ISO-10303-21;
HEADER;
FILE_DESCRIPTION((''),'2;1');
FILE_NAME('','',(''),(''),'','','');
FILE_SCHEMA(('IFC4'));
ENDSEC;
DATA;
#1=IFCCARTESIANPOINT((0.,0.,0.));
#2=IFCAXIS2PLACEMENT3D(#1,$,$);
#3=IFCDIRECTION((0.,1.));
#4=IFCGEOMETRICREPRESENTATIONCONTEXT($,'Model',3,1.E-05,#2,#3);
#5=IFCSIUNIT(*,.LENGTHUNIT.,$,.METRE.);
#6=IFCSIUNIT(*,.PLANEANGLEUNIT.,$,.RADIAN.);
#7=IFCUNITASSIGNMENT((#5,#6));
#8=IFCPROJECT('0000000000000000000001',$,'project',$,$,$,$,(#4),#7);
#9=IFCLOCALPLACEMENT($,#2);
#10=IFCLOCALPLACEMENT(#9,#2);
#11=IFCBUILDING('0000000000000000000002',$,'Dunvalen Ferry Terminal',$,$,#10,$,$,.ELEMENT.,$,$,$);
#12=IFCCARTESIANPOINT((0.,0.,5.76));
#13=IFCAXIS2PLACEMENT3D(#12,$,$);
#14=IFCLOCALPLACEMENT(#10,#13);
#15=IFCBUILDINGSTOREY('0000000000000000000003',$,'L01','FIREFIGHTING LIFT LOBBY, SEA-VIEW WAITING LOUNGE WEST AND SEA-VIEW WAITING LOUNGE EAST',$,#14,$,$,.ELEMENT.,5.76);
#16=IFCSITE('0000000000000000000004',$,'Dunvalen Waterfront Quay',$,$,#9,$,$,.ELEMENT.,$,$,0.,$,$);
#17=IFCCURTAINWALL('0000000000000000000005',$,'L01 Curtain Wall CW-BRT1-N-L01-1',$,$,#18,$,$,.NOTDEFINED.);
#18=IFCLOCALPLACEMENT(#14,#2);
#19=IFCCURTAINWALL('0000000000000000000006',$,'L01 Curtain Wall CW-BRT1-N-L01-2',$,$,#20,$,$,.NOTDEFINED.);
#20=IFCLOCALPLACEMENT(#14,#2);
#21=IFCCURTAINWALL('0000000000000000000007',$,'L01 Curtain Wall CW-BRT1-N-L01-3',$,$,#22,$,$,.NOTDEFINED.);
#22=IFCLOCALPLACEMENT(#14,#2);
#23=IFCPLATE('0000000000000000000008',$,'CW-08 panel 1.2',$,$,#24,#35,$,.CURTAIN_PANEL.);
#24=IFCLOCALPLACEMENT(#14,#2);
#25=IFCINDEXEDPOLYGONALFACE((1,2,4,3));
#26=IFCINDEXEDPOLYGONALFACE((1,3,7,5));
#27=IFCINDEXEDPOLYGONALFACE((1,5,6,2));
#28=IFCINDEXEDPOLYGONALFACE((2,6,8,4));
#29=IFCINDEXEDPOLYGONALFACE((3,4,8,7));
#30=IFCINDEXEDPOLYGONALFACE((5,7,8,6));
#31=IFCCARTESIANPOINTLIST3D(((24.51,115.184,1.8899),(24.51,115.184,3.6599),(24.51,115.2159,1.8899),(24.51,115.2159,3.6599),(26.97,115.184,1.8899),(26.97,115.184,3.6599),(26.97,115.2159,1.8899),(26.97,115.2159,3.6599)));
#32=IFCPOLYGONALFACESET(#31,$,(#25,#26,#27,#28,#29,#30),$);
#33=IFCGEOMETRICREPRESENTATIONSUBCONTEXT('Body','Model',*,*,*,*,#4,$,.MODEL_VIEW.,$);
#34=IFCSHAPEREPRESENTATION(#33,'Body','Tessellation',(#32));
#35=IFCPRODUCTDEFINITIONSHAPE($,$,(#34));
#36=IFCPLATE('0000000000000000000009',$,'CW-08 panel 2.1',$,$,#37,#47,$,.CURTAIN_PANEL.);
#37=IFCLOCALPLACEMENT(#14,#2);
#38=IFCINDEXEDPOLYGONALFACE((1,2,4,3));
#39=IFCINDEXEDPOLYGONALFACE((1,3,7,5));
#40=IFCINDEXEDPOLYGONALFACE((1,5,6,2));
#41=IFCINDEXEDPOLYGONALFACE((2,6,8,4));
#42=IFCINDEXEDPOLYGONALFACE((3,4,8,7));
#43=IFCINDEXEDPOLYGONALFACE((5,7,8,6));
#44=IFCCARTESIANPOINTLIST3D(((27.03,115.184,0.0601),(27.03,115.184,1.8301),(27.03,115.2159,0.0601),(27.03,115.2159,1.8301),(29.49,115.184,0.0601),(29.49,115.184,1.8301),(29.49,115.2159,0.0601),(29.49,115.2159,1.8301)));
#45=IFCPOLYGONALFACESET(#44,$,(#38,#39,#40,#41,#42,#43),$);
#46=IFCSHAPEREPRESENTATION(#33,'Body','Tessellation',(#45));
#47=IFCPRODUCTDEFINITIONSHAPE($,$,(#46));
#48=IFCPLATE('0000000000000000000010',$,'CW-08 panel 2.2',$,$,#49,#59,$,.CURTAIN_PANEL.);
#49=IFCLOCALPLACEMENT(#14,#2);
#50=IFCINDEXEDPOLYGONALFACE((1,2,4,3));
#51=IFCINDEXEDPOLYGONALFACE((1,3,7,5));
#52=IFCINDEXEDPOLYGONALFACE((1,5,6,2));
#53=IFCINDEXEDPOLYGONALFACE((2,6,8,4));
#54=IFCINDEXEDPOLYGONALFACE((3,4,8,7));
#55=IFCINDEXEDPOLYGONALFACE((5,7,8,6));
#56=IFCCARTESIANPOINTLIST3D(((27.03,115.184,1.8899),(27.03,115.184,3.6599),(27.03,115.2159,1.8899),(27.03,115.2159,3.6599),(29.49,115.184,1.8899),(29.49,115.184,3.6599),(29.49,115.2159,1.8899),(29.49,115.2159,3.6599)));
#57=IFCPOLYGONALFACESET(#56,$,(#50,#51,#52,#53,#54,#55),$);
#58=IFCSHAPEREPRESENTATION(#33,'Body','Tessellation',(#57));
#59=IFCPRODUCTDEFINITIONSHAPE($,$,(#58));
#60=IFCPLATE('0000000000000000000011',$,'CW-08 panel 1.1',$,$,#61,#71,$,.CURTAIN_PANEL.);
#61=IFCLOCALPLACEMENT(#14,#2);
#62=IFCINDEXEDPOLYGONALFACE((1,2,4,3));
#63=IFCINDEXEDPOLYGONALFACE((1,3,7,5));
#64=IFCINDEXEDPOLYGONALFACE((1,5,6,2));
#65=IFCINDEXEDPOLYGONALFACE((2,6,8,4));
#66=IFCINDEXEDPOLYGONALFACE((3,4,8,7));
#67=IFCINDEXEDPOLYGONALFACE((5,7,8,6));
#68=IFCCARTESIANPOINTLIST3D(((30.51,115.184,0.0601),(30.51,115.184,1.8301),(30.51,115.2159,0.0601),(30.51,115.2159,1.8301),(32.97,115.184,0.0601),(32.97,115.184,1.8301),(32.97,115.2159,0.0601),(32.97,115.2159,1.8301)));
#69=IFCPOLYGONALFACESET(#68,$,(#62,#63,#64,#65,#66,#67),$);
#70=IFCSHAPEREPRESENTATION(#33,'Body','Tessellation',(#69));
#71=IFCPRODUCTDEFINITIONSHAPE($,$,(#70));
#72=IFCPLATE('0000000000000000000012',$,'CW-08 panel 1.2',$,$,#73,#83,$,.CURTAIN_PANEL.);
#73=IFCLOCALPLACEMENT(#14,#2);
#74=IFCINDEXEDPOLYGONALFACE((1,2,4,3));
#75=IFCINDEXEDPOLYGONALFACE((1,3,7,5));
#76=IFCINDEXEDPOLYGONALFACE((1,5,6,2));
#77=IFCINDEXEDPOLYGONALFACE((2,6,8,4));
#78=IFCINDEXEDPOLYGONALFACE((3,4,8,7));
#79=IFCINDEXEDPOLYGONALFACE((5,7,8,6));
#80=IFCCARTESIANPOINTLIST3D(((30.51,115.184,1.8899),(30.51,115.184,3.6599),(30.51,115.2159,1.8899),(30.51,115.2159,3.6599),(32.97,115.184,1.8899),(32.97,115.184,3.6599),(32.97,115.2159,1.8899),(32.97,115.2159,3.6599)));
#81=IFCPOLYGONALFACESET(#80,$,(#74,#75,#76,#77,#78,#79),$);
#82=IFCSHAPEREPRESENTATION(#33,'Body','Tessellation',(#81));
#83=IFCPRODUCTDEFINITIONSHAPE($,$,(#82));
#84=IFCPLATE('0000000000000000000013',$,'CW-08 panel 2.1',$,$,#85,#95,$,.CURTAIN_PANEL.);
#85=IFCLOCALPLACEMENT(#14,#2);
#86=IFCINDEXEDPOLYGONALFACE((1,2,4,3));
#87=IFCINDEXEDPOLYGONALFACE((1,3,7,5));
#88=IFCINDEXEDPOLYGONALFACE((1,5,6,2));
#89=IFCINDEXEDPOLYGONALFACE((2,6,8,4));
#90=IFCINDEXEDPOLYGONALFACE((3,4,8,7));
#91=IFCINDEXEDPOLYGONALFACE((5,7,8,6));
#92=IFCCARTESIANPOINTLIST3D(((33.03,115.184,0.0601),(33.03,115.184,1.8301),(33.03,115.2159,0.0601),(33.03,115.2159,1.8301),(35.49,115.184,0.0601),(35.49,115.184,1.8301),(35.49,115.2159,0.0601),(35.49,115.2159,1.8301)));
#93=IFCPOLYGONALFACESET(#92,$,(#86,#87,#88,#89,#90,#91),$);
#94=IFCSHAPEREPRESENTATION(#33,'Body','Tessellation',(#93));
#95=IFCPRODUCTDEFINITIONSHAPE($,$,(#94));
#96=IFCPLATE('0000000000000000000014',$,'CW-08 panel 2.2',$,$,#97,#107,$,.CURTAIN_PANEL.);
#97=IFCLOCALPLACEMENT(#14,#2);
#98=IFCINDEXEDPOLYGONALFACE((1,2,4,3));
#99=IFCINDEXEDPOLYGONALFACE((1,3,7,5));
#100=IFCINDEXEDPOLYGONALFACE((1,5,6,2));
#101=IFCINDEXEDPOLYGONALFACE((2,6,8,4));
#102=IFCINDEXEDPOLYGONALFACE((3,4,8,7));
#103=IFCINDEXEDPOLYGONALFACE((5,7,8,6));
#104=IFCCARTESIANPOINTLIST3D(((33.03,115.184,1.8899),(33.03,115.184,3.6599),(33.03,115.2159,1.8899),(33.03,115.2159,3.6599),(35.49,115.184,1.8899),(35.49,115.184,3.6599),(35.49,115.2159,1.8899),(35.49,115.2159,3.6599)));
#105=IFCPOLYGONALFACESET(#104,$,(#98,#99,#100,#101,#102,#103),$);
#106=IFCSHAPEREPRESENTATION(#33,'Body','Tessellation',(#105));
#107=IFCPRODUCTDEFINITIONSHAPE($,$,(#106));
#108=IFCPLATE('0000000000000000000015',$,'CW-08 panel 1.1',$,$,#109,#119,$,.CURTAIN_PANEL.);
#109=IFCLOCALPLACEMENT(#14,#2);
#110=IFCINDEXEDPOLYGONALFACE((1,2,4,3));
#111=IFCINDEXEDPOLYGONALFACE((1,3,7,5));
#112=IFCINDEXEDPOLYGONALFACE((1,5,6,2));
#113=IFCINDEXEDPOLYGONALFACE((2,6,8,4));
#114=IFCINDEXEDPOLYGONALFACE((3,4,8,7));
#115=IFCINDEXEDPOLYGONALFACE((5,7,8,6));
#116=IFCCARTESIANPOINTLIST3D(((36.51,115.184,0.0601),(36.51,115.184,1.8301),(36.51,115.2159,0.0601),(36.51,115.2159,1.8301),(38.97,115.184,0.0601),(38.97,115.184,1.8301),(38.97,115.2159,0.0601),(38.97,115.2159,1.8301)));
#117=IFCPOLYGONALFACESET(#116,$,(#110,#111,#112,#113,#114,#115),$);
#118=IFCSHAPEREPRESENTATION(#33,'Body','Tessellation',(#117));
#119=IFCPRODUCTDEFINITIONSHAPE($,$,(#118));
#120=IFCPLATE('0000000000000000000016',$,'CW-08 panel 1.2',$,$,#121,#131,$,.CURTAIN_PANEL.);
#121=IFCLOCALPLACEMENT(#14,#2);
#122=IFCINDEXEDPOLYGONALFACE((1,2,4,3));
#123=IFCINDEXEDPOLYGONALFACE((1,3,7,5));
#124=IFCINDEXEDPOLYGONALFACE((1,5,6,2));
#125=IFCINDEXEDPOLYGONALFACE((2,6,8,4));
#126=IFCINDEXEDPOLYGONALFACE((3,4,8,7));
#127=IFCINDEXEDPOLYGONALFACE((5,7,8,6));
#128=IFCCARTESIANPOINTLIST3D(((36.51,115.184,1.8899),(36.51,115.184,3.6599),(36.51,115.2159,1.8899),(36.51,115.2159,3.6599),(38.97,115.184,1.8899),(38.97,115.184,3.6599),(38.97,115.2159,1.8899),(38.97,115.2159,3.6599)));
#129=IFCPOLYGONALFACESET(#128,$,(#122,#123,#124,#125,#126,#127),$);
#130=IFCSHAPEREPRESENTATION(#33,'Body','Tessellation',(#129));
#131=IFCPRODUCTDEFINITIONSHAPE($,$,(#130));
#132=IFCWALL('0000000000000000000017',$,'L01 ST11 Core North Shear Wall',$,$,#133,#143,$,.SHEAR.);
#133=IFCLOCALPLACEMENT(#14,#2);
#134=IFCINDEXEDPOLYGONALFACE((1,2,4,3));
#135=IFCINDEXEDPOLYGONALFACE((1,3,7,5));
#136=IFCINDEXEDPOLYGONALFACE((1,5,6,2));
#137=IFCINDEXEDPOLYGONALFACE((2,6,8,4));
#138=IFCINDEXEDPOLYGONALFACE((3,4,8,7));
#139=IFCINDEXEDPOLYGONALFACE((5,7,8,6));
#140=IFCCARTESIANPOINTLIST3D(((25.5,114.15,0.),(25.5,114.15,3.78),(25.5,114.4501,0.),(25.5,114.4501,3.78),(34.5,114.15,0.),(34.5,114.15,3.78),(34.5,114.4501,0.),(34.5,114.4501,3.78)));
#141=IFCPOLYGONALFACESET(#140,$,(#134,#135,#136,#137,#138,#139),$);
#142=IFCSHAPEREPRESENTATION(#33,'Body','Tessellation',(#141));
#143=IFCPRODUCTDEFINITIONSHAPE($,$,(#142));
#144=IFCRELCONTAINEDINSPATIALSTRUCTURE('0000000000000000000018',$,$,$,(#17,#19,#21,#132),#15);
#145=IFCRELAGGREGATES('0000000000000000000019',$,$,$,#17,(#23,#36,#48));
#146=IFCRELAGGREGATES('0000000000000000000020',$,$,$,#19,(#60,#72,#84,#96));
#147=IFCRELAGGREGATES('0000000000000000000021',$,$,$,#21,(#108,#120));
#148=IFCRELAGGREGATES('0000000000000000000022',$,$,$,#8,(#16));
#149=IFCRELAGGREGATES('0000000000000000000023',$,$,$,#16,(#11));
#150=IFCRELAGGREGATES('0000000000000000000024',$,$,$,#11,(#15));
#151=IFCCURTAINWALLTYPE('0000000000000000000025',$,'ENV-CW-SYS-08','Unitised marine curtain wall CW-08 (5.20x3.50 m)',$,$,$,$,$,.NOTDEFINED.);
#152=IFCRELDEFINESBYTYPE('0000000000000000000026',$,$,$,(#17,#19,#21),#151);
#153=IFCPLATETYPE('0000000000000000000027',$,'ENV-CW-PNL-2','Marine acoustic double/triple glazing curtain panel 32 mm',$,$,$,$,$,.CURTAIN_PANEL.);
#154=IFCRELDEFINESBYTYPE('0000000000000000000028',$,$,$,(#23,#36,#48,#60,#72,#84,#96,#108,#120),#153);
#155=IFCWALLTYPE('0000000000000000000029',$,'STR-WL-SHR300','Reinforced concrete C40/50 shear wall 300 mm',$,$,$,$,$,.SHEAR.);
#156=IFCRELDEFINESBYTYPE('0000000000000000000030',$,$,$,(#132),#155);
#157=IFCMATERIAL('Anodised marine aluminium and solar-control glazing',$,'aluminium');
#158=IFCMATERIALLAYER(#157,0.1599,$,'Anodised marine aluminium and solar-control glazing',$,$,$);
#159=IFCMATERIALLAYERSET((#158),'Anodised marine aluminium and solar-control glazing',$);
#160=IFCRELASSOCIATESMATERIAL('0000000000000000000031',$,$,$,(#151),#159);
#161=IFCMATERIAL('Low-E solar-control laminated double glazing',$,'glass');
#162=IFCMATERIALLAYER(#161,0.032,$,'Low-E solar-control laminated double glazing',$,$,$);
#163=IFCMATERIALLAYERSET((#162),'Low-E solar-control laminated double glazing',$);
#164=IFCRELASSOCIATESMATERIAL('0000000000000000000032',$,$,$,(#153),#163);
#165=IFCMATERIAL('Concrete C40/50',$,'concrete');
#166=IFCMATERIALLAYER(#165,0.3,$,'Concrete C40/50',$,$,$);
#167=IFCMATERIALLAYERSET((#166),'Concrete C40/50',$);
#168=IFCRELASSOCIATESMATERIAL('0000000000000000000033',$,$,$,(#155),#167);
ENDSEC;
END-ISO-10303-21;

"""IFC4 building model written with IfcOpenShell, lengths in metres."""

from ifc_helpers import new_model, si_unit, direction, frame, frame_2d, origin, origin_2d, place, context, subcontext, project, spatial, rectangle, extrude, material, layer, layer_set, type_object, element, aggregate, save


model = new_model("IFC4")

# Units and contexts
model_context = context("Model", 3, precision=1e-05, world=origin(), true_north=direction((0.0, 1.0)))
body_context = subcontext(model_context, "Body", "Model", "MODEL_VIEW")
ifc_project = project(units=[si_unit("LENGTHUNIT", "METRE"), si_unit("PLANEANGLEUNIT", "RADIAN")], contexts=[model_context])

# Site, building, storey
site_placement = place(None, origin())
site = spatial("IfcSite", under=ifc_project, at=site_placement, Name="Dunvalen Waterfront Quay", CompositionType="ELEMENT", RefElevation=0.0)
building_placement = place(site_placement, origin())
building = spatial("IfcBuilding", under=site, at=building_placement, Name="Dunvalen Ferry Terminal", CompositionType="ELEMENT")
storey_placement = place(building_placement, frame((0.0, 0.0, 5.76)))
storey = spatial("IfcBuildingStorey", under=building, at=storey_placement, Name="L01", Description="FIREFIGHTING LIFT LOBBY, SEA-VIEW WAITING LOUNGE WEST AND SEA-VIEW WAITING LOUNGE EAST", CompositionType="ELEMENT", Elevation=5.76)

# Curtain walls
ifc_material_1 = material(Name="Anodised marine aluminium and solar-control glazing", Category="aluminium")
ifc_layer_1 = layer(ifc_material_1, 0.1599, Name="Anodised marine aluminium and solar-control glazing")
ifc_layer_set_1 = layer_set([ifc_layer_1], Name="Anodised marine aluminium and solar-control glazing")
curtain_wall_type = type_object("IfcCurtainWallType", Name="ENV-CW-SYS-08", Description="Unitised marine curtain wall CW-08 (5.20x3.50 m)", PredefinedType="NOTDEFINED", material=ifc_layer_set_1)
curtain_wall_1_placement = place(storey_placement, origin())
curtain_wall_1 = element("IfcCurtainWall", 1, at=curtain_wall_1_placement, inside=storey, type_object=curtain_wall_type, Name="L01 Curtain Wall CW-BRT1-N-L01-1", PredefinedType="NOTDEFINED")
curtain_wall_2_placement = place(storey_placement, origin())
curtain_wall_2 = element("IfcCurtainWall", 2, at=curtain_wall_2_placement, inside=storey, type_object=curtain_wall_type, Name="L01 Curtain Wall CW-BRT1-N-L01-2", PredefinedType="NOTDEFINED")

# Curtain wall
curtain_wall_3_placement = place(storey_placement, origin())
curtain_wall_3 = element("IfcCurtainWall", 3, at=curtain_wall_3_placement, inside=storey, type_object=curtain_wall_type, Name="L01 Curtain Wall CW-BRT1-N-L01-3", PredefinedType="NOTDEFINED")

# Shared definitions
ifc_material_2 = material(Name="Concrete C40/50", Category="concrete")

# Plates
ifc_material_3 = material(Name="Low-E solar-control laminated double glazing", Category="glass")
ifc_layer_2 = layer(ifc_material_3, 0.032, Name="Low-E solar-control laminated double glazing")
ifc_layer_set_2 = layer_set([ifc_layer_2], Name="Low-E solar-control laminated double glazing")
plate_type = type_object("IfcPlateType", Name="ENV-CW-PNL-2", Description="Marine acoustic double/triple glazing curtain panel 32 mm", PredefinedType="CURTAIN_PANEL", material=ifc_layer_set_2)
plate_1_placement = place(storey_placement, frame((25.74, 115.2, 1.8899), z_axis=(0.0, 0.0, 1.0), x_axis=(1.0, 0.0, 0.0)))
plate_1 = element("IfcPlate", 4, at=plate_1_placement, type_object=plate_type, Name="CW-08 panel 1.2", PredefinedType="CURTAIN_PANEL", context=body_context, shape_type="SweptSolid", body=[
    extrude(rectangle(XDim=2.46, YDim=0.032, at=origin_2d()), origin(), (0.0, 0.0, 1.0), 1.77),
])
plate_2_placement = place(storey_placement, frame((28.26, 115.2, 0.0601), z_axis=(0.0, 0.0, 1.0), x_axis=(1.0, 0.0, 0.0)))
plate_2 = element("IfcPlate", 5, at=plate_2_placement, type_object=plate_type, Name="CW-08 panel 2.1", PredefinedType="CURTAIN_PANEL", context=body_context, shape_type="SweptSolid", body=[
    extrude(rectangle(XDim=2.46, YDim=0.032, at=origin_2d()), origin(), (0.0, 0.0, 1.0), 1.77),
])
plate_3_placement = place(storey_placement, frame((28.26, 115.2, 1.8899), z_axis=(0.0, 0.0, 1.0), x_axis=(1.0, 0.0, 0.0)))
plate_3 = element("IfcPlate", 6, at=plate_3_placement, type_object=plate_type, Name="CW-08 panel 2.2", PredefinedType="CURTAIN_PANEL", context=body_context, shape_type="SweptSolid", body=[
    extrude(rectangle(XDim=2.46, YDim=0.032, at=origin_2d()), origin(), (0.0, 0.0, 1.0), 1.77),
])
aggregate(curtain_wall_1, [plate_1, plate_2, plate_3])
plate_4_placement = place(storey_placement, frame((31.74, 115.2, 0.0601), z_axis=(0.0, 0.0, 1.0), x_axis=(1.0, 0.0, 0.0)))
plate_4 = element("IfcPlate", 7, at=plate_4_placement, type_object=plate_type, Name="CW-08 panel 1.1", PredefinedType="CURTAIN_PANEL", context=body_context, shape_type="SweptSolid", body=[
    extrude(rectangle(XDim=2.46, YDim=0.032, at=origin_2d()), origin(), (0.0, 0.0, 1.0), 1.77),
])
plate_5_placement = place(storey_placement, frame((31.74, 115.2, 1.8899), z_axis=(0.0, 0.0, 1.0), x_axis=(1.0, 0.0, 0.0)))
plate_5 = element("IfcPlate", 8, at=plate_5_placement, type_object=plate_type, Name="CW-08 panel 1.2", PredefinedType="CURTAIN_PANEL", context=body_context, shape_type="SweptSolid", body=[
    extrude(rectangle(XDim=2.46, YDim=0.032, at=origin_2d()), origin(), (0.0, 0.0, 1.0), 1.77),
])
plate_6_placement = place(storey_placement, frame((34.26, 115.2, 0.0601), z_axis=(0.0, 0.0, 1.0), x_axis=(1.0, 0.0, 0.0)))
plate_6 = element("IfcPlate", 9, at=plate_6_placement, type_object=plate_type, Name="CW-08 panel 2.1", PredefinedType="CURTAIN_PANEL", context=body_context, shape_type="SweptSolid", body=[
    extrude(rectangle(XDim=2.46, YDim=0.032, at=origin_2d()), origin(), (0.0, 0.0, 1.0), 1.77),
])
plate_7_placement = place(storey_placement, frame((34.26, 115.2, 1.8899), z_axis=(0.0, 0.0, 1.0), x_axis=(1.0, 0.0, 0.0)))
plate_7 = element("IfcPlate", 10, at=plate_7_placement, type_object=plate_type, Name="CW-08 panel 2.2", PredefinedType="CURTAIN_PANEL", context=body_context, shape_type="SweptSolid", body=[
    extrude(rectangle(XDim=2.46, YDim=0.032, at=origin_2d()), origin(), (0.0, 0.0, 1.0), 1.77),
])
aggregate(curtain_wall_2, [plate_4, plate_5, plate_6, plate_7])
plate_8_placement = place(storey_placement, frame((37.74, 115.2, 0.0601), z_axis=(0.0, 0.0, 1.0), x_axis=(1.0, 0.0, 0.0)))
plate_8 = element("IfcPlate", 11, at=plate_8_placement, type_object=plate_type, Name="CW-08 panel 1.1", PredefinedType="CURTAIN_PANEL", context=body_context, shape_type="SweptSolid", body=[
    extrude(rectangle(XDim=2.46, YDim=0.032, at=origin_2d()), origin(), (0.0, 0.0, 1.0), 1.77),
])
plate_9_placement = place(storey_placement, frame((37.74, 115.2, 1.8899), z_axis=(0.0, 0.0, 1.0), x_axis=(1.0, 0.0, 0.0)))
plate_9 = element("IfcPlate", 12, at=plate_9_placement, type_object=plate_type, Name="CW-08 panel 1.2", PredefinedType="CURTAIN_PANEL", context=body_context, shape_type="SweptSolid", body=[
    extrude(rectangle(XDim=2.46, YDim=0.032, at=origin_2d()), origin(), (0.0, 0.0, 1.0), 1.77),
])
aggregate(curtain_wall_3, [plate_8, plate_9])

# Wall
ifc_layer_3 = layer(ifc_material_2, 0.3, Name="Concrete C40/50")
ifc_layer_set_3 = layer_set([ifc_layer_3], Name="Concrete C40/50")
wall_type = type_object("IfcWallType", Name="STR-WL-SHR300", Description="Reinforced concrete C40/50 shear wall 300 mm", PredefinedType="SHEAR", material=ifc_layer_set_3)
wall_placement = place(storey_placement, frame((25.5, 114.3, 0.0), z_axis=(0.0, 0.0, 1.0), x_axis=(1.0, 0.0, 0.0)))
element("IfcWall", 13, at=wall_placement, inside=storey, type_object=wall_type, Name="L01 ST11 Core North Shear Wall", PredefinedType="SHEAR", context=body_context, shape_type="SweptSolid", body=[
    extrude(rectangle(XDim=9.0, YDim=0.3, at=frame_2d((4.5, 0.0))), origin(), (0.0, 0.0, 1.0), 3.78),
])

save(model, "model.ifc")
